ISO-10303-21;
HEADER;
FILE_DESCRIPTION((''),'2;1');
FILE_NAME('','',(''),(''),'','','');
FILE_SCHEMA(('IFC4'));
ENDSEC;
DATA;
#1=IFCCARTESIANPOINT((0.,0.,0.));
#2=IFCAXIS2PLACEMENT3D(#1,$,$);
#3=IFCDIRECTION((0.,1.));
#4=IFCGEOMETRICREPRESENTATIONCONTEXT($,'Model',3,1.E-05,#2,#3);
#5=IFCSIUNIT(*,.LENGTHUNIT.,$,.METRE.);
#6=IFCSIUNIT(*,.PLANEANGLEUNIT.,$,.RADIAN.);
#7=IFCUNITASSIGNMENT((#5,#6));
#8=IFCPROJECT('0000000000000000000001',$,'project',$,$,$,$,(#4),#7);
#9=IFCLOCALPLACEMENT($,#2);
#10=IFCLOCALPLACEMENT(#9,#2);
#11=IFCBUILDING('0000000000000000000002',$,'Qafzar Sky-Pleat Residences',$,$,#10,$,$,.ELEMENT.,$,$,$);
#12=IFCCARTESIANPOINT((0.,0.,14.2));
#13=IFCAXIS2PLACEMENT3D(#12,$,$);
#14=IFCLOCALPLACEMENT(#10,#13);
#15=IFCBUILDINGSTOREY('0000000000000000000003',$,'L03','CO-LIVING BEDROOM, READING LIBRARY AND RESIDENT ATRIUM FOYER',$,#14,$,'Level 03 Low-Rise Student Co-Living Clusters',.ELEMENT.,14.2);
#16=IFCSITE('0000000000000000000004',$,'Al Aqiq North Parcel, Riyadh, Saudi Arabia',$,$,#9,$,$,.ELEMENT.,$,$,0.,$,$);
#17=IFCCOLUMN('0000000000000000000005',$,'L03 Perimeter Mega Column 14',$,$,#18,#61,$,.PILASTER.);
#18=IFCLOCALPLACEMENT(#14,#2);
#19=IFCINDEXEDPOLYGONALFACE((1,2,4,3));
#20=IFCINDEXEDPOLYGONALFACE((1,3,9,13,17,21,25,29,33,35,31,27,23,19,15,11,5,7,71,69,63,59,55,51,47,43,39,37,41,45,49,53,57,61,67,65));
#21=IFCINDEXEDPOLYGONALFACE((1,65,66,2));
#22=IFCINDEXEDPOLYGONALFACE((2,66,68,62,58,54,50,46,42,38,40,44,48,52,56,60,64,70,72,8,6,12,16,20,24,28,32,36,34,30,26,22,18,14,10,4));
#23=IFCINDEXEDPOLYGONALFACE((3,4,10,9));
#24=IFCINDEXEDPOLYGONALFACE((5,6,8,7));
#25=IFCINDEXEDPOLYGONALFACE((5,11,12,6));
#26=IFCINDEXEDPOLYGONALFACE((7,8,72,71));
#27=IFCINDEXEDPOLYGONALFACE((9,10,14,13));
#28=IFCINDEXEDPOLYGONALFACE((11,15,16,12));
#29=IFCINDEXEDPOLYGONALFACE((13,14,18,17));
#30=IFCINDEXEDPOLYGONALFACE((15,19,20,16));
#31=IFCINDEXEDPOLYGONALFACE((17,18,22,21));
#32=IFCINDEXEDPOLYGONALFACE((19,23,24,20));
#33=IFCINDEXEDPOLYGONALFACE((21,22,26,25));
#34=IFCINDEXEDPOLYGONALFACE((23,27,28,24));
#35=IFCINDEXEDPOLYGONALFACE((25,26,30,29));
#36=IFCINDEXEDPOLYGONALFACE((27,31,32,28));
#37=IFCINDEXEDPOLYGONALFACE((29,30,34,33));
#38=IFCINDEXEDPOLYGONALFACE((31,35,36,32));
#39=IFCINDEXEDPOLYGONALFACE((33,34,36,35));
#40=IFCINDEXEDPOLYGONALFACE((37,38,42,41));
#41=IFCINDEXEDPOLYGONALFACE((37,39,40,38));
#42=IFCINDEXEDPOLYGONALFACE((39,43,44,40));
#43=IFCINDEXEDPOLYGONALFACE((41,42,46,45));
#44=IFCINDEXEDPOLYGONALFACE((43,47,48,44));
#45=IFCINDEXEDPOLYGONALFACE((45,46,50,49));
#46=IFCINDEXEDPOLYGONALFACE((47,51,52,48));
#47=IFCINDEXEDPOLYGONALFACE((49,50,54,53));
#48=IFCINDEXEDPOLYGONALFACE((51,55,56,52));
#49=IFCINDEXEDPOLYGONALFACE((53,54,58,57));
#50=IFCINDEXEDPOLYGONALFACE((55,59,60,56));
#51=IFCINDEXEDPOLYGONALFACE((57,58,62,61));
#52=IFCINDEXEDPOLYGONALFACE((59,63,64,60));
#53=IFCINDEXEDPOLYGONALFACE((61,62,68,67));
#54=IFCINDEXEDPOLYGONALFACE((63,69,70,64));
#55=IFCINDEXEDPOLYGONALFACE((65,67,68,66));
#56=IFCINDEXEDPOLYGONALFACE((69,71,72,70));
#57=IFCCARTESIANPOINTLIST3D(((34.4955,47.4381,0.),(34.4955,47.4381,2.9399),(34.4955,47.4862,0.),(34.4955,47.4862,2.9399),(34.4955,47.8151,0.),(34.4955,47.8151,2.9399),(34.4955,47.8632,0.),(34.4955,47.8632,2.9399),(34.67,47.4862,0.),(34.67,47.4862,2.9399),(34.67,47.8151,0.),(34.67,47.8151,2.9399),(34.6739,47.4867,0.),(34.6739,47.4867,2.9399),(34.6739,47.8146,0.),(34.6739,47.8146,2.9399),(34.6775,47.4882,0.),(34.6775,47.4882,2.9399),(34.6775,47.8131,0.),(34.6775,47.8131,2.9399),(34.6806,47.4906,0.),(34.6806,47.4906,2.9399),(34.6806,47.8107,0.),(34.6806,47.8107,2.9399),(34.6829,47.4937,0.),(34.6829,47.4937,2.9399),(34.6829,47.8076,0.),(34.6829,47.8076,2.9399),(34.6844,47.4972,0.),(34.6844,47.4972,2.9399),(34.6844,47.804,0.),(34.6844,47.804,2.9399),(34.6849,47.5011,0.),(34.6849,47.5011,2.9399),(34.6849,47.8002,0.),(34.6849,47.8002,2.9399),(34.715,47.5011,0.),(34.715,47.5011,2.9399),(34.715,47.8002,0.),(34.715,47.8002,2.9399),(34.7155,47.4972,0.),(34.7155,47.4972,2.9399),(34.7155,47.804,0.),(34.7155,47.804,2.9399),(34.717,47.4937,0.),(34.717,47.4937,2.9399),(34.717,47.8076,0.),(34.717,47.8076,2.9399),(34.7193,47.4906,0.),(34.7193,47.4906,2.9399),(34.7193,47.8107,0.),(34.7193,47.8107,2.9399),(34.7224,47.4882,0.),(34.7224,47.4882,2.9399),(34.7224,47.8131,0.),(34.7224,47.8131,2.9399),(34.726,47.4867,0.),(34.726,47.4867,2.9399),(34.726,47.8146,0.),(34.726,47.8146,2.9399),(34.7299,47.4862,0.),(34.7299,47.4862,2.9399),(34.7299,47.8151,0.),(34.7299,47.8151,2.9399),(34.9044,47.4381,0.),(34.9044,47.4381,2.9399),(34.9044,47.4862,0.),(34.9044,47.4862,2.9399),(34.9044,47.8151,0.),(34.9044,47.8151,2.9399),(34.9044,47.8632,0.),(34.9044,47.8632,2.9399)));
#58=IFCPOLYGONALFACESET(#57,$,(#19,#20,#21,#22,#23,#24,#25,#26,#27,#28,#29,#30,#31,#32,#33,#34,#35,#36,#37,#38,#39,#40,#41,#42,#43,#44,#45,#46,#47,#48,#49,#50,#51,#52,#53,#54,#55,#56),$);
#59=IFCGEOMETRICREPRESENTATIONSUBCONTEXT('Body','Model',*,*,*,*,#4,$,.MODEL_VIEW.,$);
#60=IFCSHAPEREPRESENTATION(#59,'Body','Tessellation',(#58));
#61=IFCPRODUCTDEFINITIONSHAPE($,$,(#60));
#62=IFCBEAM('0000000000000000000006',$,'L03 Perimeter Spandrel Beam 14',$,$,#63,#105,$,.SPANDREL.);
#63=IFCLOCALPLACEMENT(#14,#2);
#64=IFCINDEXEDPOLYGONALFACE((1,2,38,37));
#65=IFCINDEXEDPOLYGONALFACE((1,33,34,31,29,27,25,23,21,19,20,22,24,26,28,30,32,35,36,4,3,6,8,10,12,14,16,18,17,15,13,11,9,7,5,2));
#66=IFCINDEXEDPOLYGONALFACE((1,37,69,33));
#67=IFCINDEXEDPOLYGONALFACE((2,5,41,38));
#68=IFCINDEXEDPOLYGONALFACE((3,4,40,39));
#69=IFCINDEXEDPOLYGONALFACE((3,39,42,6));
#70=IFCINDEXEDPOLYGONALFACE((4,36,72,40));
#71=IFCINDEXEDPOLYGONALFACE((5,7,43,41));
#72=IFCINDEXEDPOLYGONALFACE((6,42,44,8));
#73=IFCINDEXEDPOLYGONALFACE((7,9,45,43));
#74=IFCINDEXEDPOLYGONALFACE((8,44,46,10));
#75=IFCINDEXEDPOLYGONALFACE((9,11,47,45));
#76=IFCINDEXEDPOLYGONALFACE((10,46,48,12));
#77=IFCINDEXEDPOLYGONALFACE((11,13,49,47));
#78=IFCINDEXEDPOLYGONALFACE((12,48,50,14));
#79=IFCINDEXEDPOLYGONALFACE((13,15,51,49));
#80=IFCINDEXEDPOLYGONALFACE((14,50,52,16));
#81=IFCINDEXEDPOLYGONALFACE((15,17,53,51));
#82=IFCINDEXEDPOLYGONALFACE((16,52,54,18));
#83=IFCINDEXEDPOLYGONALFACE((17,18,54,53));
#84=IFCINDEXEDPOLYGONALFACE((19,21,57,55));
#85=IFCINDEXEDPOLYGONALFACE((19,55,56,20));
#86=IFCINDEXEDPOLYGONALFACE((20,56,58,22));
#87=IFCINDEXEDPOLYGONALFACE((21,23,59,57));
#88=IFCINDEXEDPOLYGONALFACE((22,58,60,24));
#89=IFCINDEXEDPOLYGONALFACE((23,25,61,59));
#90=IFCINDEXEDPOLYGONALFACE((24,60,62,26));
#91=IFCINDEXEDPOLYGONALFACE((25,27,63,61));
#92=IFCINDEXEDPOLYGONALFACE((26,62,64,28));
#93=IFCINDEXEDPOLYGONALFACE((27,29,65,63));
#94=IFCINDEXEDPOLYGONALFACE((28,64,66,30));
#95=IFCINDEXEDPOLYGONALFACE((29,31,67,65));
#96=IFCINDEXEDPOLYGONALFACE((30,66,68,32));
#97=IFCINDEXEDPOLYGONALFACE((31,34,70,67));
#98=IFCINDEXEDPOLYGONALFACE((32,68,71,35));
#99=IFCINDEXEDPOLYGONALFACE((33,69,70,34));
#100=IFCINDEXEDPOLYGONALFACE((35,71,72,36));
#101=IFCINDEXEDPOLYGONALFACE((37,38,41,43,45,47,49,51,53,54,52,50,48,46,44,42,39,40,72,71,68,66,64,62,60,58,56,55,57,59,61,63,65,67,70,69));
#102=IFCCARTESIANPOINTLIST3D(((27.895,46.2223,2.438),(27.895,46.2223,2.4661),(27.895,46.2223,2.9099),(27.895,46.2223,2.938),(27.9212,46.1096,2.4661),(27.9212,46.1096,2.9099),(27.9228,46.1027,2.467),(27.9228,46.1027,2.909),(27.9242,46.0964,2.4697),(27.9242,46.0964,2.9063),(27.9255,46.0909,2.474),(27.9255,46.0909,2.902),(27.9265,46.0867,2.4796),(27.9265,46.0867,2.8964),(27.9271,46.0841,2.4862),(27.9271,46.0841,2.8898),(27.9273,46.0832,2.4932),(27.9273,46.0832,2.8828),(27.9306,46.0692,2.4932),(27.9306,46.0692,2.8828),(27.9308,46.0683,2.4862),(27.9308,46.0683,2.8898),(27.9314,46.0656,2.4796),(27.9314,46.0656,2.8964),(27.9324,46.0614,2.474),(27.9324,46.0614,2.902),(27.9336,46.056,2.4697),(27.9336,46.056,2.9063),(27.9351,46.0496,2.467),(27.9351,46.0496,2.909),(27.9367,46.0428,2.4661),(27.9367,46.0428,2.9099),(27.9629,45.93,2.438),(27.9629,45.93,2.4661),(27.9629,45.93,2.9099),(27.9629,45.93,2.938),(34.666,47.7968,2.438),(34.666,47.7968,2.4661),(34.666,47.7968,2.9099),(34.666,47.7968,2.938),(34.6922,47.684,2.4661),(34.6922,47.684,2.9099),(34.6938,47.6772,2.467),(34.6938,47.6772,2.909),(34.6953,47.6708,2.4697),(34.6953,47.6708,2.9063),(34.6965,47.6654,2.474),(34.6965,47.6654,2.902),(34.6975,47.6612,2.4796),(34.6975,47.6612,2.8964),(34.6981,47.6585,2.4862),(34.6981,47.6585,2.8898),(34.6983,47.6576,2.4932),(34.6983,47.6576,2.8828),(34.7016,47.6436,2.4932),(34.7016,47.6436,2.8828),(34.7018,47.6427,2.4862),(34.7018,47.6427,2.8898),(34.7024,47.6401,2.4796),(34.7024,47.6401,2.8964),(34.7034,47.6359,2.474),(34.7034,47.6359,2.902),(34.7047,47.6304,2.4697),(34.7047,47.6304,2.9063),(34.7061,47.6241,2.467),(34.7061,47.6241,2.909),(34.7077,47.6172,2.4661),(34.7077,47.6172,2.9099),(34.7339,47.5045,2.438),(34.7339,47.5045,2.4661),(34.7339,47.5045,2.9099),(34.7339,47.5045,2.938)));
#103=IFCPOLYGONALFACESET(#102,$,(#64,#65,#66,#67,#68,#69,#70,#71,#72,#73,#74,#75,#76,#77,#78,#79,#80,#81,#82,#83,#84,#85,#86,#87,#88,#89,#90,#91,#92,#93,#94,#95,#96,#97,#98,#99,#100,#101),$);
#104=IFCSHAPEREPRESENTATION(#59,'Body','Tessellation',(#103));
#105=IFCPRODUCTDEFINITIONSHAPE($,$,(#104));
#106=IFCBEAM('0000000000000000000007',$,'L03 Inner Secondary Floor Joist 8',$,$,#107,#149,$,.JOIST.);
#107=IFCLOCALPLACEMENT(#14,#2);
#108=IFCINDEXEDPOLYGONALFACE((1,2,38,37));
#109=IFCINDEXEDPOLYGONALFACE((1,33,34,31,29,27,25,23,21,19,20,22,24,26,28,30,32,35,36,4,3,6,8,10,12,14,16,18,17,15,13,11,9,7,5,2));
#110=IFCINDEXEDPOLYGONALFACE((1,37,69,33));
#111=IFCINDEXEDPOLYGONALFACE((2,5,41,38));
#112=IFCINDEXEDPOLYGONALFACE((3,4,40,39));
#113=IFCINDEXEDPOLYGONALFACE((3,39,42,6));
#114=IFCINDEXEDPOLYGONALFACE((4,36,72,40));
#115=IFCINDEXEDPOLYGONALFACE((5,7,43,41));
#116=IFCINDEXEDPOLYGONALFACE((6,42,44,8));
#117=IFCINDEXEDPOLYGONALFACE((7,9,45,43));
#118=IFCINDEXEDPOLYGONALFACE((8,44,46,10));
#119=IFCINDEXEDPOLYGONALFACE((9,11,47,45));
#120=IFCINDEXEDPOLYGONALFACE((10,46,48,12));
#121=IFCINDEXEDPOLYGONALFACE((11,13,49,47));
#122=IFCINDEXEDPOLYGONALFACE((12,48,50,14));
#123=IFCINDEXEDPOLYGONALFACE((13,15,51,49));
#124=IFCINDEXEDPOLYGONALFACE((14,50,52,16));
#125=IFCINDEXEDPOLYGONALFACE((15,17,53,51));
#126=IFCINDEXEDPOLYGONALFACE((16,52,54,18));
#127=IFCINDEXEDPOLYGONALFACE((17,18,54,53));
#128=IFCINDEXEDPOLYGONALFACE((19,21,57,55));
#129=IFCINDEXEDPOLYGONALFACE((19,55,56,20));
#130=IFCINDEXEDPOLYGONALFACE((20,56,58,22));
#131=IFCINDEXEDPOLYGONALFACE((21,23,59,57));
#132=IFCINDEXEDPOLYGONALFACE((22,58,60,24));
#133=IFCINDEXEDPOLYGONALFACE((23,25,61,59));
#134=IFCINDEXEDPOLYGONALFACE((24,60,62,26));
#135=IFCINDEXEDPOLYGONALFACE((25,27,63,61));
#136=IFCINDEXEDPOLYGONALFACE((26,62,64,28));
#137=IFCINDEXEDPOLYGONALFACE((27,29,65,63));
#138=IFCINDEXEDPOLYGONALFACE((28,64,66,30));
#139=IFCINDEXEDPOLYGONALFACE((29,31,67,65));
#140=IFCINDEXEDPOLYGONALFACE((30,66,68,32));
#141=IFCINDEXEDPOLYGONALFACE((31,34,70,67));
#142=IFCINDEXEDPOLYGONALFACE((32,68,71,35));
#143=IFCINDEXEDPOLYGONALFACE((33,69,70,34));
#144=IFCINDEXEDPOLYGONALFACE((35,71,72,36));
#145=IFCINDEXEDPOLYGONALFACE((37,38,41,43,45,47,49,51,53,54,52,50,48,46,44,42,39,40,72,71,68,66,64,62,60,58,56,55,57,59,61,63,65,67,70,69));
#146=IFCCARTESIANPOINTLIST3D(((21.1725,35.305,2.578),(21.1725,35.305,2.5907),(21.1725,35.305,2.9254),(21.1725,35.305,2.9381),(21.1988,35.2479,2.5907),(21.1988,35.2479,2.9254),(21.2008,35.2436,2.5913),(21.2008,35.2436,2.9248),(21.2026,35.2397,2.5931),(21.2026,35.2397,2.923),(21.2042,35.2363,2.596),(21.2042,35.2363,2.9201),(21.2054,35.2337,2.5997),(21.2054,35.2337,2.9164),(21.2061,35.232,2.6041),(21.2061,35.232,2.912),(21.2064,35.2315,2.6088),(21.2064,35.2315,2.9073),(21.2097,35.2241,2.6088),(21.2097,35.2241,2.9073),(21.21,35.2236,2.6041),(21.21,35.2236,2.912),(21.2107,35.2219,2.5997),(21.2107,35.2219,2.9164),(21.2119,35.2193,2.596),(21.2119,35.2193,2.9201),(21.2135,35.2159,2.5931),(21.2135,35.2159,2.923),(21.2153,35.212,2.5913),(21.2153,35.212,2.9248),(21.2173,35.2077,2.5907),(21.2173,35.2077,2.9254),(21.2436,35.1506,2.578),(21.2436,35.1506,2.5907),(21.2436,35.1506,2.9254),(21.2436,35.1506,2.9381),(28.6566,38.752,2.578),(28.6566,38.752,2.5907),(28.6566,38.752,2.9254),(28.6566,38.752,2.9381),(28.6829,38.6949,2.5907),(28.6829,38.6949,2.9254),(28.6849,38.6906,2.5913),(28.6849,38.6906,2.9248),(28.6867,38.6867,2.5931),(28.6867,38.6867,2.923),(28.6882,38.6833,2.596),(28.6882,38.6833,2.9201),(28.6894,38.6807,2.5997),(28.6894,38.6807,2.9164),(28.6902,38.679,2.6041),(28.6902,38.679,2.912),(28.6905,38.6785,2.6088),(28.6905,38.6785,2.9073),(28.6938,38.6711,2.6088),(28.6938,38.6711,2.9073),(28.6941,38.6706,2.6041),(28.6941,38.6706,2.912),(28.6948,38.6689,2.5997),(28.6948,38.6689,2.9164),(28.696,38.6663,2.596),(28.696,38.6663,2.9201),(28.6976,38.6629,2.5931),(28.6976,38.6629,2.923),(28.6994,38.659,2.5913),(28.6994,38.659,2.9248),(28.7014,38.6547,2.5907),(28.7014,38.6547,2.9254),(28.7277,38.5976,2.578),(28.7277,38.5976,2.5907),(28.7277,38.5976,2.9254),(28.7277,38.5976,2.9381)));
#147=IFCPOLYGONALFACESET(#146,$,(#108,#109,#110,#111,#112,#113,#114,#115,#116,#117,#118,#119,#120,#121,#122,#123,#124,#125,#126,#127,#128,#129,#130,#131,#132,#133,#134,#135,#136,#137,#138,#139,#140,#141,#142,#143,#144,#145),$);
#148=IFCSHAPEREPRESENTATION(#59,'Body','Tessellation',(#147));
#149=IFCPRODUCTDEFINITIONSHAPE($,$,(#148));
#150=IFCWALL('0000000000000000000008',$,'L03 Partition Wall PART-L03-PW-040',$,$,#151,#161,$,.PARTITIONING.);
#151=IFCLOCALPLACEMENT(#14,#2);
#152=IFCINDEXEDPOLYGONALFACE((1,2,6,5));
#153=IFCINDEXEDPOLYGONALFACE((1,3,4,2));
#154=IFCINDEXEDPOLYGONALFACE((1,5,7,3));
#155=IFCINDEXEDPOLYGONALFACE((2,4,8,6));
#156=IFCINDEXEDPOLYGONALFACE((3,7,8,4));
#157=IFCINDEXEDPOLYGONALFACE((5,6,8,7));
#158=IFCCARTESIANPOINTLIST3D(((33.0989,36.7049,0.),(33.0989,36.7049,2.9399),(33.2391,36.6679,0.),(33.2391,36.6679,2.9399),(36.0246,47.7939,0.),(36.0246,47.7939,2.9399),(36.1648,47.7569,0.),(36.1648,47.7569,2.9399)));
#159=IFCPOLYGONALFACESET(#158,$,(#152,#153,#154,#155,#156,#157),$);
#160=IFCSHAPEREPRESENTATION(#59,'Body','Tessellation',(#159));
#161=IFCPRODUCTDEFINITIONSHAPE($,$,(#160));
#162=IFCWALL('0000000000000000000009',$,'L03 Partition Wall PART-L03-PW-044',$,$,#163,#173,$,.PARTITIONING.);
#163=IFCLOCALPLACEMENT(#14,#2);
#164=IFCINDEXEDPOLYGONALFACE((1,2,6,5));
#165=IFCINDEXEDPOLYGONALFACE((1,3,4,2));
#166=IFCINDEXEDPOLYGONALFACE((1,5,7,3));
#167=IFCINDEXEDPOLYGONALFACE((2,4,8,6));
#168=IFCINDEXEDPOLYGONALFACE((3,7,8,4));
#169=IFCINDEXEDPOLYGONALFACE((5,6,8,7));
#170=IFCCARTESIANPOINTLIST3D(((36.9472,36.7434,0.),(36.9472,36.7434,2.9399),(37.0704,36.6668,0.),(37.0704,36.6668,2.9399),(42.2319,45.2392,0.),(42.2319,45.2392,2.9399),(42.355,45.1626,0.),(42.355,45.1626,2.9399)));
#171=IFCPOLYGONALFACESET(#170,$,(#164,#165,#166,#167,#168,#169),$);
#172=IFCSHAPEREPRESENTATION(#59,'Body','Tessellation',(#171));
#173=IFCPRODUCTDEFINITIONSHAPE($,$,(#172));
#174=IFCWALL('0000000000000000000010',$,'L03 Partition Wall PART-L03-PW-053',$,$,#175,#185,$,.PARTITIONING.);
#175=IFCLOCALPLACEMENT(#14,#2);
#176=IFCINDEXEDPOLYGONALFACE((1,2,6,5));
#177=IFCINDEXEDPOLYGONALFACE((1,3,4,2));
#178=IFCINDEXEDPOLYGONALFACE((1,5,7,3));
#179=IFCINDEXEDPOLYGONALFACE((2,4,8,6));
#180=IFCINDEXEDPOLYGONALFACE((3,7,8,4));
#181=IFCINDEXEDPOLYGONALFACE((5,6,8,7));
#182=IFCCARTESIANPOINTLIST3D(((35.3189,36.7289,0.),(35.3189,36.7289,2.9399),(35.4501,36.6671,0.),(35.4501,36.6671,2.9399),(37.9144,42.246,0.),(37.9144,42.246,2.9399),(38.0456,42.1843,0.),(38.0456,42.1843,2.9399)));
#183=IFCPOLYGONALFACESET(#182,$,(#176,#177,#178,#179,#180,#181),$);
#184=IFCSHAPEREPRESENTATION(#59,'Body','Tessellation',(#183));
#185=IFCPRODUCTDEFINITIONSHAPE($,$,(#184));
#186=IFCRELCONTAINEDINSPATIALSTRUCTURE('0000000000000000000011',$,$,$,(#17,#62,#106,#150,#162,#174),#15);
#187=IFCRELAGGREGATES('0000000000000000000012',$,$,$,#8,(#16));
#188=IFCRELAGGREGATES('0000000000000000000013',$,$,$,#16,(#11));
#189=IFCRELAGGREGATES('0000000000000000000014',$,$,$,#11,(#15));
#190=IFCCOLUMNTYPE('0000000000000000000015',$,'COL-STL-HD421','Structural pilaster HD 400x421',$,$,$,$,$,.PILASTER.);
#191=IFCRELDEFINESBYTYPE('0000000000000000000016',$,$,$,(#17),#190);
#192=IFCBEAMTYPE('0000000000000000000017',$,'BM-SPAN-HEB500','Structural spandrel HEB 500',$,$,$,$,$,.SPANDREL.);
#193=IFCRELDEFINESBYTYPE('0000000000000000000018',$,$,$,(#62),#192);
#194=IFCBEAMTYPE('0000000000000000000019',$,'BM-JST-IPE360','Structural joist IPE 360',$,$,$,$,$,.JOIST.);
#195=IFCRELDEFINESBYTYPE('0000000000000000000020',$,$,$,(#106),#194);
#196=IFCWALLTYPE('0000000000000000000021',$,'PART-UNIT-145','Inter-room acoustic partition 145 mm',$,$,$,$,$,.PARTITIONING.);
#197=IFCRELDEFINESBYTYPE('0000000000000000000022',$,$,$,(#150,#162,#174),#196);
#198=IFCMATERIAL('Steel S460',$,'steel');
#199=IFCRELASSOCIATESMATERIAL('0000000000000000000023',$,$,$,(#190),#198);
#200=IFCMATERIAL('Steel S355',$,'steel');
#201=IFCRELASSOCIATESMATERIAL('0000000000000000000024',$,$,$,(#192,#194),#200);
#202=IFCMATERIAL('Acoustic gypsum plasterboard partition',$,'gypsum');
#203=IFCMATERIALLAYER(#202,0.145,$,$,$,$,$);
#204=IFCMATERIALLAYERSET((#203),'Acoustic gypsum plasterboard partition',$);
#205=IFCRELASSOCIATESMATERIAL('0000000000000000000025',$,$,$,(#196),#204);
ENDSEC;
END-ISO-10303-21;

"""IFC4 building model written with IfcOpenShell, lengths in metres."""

from ifc_helpers import new_model, si_unit, direction, frame, frame_2d, origin, origin_2d, place, context, subcontext, project, spatial, rectangle, i_section, extrude, source, transform, mapped, material, layer, layer_set, material_profile, profile_set, type_object, element, save


model = new_model("IFC4")

# Units and contexts
model_context = context("Model", 3, precision=1e-05, world=origin(), true_north=direction((0.0, 1.0)))
body_context = subcontext(model_context, "Body", "Model", "MODEL_VIEW")
ifc_project = project(units=[si_unit("LENGTHUNIT", "METRE"), si_unit("PLANEANGLEUNIT", "RADIAN")], contexts=[model_context])

# Site, building, storey
site_placement = place(None, origin())
site = spatial("IfcSite", under=ifc_project, at=site_placement, Name="Al Aqiq North Parcel, Riyadh, Saudi Arabia", CompositionType="ELEMENT", RefElevation=0.0)
building_placement = place(site_placement, origin())
building = spatial("IfcBuilding", under=site, at=building_placement, Name="Qafzar Sky-Pleat Residences", CompositionType="ELEMENT")
storey_placement = place(building_placement, frame((0.0, 0.0, 14.2)))
storey = spatial("IfcBuildingStorey", under=building, at=storey_placement, Name="L03", Description="CO-LIVING BEDROOM, READING LIBRARY AND RESIDENT ATRIUM FOYER", LongName="Level 03 Low-Rise Student Co-Living Clusters", CompositionType="ELEMENT", Elevation=14.2)

# Column
ifc_material_1 = material(Name="Steel S460", Category="steel")
ifc_material_profile_1 = material_profile(ifc_material_1, i_section(OverallWidth=0.4089, OverallDepth=0.425, WebThickness=0.03, FlangeThickness=0.0481, FilletRadius=0.0149, at=origin_2d()), Name="HD 400x421")
ifc_profile_set_1 = profile_set([ifc_material_profile_1], Name="Steel S460")
column_type = type_object("IfcColumnType", Name="COL-STL-HD421", Description="Structural pilaster HD 400x421", PredefinedType="PILASTER", material=ifc_profile_set_1)
shared_shape_1 = source(origin(), body_context, "Body", "SweptSolid", [
    extrude(i_section(OverallWidth=0.4089, OverallDepth=0.425, WebThickness=0.03, FlangeThickness=0.0481, FilletRadius=0.0149, at=origin_2d()), origin(), (0.0, 0.0, 1.0), 2.9399),
])
column_placement = place(storey_placement, frame((34.7, 47.6506, 0.0), z_axis=(0.0, 0.0, 1.0), x_axis=(1.0, 0.0, 0.0)))
element("IfcColumn", 1, at=column_placement, inside=storey, type_object=column_type, Name="L03 Perimeter Mega Column 14", PredefinedType="PILASTER", context=body_context, shape_type="MappedRepresentation", body=[
    mapped(shared_shape_1, transform((0.0, 0.0, 0.0), x_axis=(1.0, 0.0, 0.0), y_axis=(0.0, 1.0, 0.0), z_axis=(0.0, 0.0, 1.0), scale=1.0)),
])

# Beams
ifc_material_2 = material(Name="Steel S355", Category="steel")
ifc_material_profile_2 = material_profile(ifc_material_2, i_section(OverallWidth=0.3, OverallDepth=0.5, WebThickness=0.0144, FlangeThickness=0.0281, FilletRadius=0.0271, at=origin_2d()), Name="HEB 500")
ifc_profile_set_2 = profile_set([ifc_material_profile_2], Name="Steel S355")
beam_type_1 = type_object("IfcBeamType", Name="BM-SPAN-HEB500", Description="Structural spandrel HEB 500", PredefinedType="SPANDREL", material=ifc_profile_set_2)
shared_shape_2 = source(origin(), body_context, "Body", "SweptSolid", [
    extrude(i_section(OverallWidth=0.3, OverallDepth=0.5, WebThickness=0.0144, FlangeThickness=0.0281, FilletRadius=0.0271, at=origin_2d()), origin(), (0.0, 0.0, 1.0), 6.9517),
])
beam_1_placement = place(storey_placement, frame((34.7, 47.6506, 2.688), z_axis=(-0.974014, -0.226488, 0.0), x_axis=(0.226488, -0.974014, 0.0)))
element("IfcBeam", 2, at=beam_1_placement, inside=storey, type_object=beam_type_1, Name="L03 Perimeter Spandrel Beam 14", PredefinedType="SPANDREL", context=body_context, shape_type="MappedRepresentation", body=[
    mapped(shared_shape_2, transform((0.0, 0.0, 0.0), x_axis=(1.0, 0.0, 0.0), y_axis=(0.0, 1.0, 0.0), z_axis=(0.0, 0.0, 1.0), scale=1.0)),
])
ifc_material_profile_3 = material_profile(ifc_material_2, i_section(OverallWidth=0.1699, OverallDepth=0.3601, WebThickness=0.0081, FlangeThickness=0.0127, FilletRadius=0.0181, at=origin_2d()), Name="IPE 360")
ifc_profile_set_3 = profile_set([ifc_material_profile_3], Name="Steel S355")
beam_type_2 = type_object("IfcBeamType", Name="BM-JST-IPE360", Description="Structural joist IPE 360", PredefinedType="JOIST", material=ifc_profile_set_3)
shared_shape_3 = source(origin(), body_context, "Body", "SweptSolid", [
    extrude(i_section(OverallWidth=0.1699, OverallDepth=0.3601, WebThickness=0.0081, FlangeThickness=0.0127, FilletRadius=0.0181, at=origin_2d()), origin(), (0.0, 0.0, 1.0), 8.2397),
])
beam_2_placement = place(storey_placement, frame((28.6921, 38.6748, 2.7581), z_axis=(-0.908291, -0.418338, 0.0), x_axis=(0.418338, -0.908291, 0.0)))
element("IfcBeam", 3, at=beam_2_placement, inside=storey, type_object=beam_type_2, Name="L03 Inner Secondary Floor Joist 8", PredefinedType="JOIST", context=body_context, shape_type="MappedRepresentation", body=[
    mapped(shared_shape_3, transform((0.0, 0.0, 0.0), x_axis=(1.0, 0.0, 0.0), y_axis=(0.0, 1.0, 0.0), z_axis=(0.0, 0.0, 1.0), scale=1.0)),
])

# Walls
ifc_material_3 = material(Name="Acoustic gypsum plasterboard partition", Category="gypsum")
ifc_layer_1 = layer(ifc_material_3, 0.145)
ifc_layer_set_1 = layer_set([ifc_layer_1], Name="Acoustic gypsum plasterboard partition")
wall_type_1 = type_object("IfcWallType", Name="PART-UNIT-145", Description="Inter-room acoustic partition 145 mm", PredefinedType="PARTITIONING", material=ifc_layer_set_1)
wall_1_placement = place(storey_placement, frame((33.1689, 36.6863, 0.0), z_axis=(0.0, 0.0, 1.0), x_axis=(0.255113, 0.966911, 0.0)))
element("IfcWall", 4, at=wall_1_placement, inside=storey, type_object=wall_type_1, Name="L03 Partition Wall PART-L03-PW-040", PredefinedType="PARTITIONING", context=body_context, shape_type="SweptSolid", body=[
    extrude(rectangle(XDim=11.4685, YDim=0.145, at=frame_2d((5.7344, 0.0))), origin(), (0.0, 0.0, 1.0), 2.9399),
])
wall_2_placement = place(storey_placement, frame((37.0088, 36.7051, 0.0), z_axis=(0.0, 0.0, 1.0), x_axis=(0.528184, 0.84913, 0.0)))
element("IfcWall", 5, at=wall_2_placement, inside=storey, type_object=wall_type_1, Name="L03 Partition Wall PART-L03-PW-044", PredefinedType="PARTITIONING", context=body_context, shape_type="SweptSolid", body=[
    extrude(rectangle(XDim=10.0054, YDim=0.145, at=frame_2d((5.0027, 0.0))), origin(), (0.0, 0.0, 1.0), 2.9399),
])
wall_3_placement = place(storey_placement, frame((35.3845, 36.698, 0.0), z_axis=(0.0, 0.0, 1.0), x_axis=(0.425687, 0.90487, 0.0)))
element("IfcWall", 6, at=wall_3_placement, inside=storey, type_object=wall_type_1, Name="L03 Partition Wall PART-L03-PW-053", PredefinedType="PARTITIONING", context=body_context, shape_type="SweptSolid", body=[
    extrude(rectangle(XDim=6.0972, YDim=0.145, at=frame_2d((3.0486, 0.0))), origin(), (0.0, 0.0, 1.0), 2.9399),
])

save(model, "model.ifc")
